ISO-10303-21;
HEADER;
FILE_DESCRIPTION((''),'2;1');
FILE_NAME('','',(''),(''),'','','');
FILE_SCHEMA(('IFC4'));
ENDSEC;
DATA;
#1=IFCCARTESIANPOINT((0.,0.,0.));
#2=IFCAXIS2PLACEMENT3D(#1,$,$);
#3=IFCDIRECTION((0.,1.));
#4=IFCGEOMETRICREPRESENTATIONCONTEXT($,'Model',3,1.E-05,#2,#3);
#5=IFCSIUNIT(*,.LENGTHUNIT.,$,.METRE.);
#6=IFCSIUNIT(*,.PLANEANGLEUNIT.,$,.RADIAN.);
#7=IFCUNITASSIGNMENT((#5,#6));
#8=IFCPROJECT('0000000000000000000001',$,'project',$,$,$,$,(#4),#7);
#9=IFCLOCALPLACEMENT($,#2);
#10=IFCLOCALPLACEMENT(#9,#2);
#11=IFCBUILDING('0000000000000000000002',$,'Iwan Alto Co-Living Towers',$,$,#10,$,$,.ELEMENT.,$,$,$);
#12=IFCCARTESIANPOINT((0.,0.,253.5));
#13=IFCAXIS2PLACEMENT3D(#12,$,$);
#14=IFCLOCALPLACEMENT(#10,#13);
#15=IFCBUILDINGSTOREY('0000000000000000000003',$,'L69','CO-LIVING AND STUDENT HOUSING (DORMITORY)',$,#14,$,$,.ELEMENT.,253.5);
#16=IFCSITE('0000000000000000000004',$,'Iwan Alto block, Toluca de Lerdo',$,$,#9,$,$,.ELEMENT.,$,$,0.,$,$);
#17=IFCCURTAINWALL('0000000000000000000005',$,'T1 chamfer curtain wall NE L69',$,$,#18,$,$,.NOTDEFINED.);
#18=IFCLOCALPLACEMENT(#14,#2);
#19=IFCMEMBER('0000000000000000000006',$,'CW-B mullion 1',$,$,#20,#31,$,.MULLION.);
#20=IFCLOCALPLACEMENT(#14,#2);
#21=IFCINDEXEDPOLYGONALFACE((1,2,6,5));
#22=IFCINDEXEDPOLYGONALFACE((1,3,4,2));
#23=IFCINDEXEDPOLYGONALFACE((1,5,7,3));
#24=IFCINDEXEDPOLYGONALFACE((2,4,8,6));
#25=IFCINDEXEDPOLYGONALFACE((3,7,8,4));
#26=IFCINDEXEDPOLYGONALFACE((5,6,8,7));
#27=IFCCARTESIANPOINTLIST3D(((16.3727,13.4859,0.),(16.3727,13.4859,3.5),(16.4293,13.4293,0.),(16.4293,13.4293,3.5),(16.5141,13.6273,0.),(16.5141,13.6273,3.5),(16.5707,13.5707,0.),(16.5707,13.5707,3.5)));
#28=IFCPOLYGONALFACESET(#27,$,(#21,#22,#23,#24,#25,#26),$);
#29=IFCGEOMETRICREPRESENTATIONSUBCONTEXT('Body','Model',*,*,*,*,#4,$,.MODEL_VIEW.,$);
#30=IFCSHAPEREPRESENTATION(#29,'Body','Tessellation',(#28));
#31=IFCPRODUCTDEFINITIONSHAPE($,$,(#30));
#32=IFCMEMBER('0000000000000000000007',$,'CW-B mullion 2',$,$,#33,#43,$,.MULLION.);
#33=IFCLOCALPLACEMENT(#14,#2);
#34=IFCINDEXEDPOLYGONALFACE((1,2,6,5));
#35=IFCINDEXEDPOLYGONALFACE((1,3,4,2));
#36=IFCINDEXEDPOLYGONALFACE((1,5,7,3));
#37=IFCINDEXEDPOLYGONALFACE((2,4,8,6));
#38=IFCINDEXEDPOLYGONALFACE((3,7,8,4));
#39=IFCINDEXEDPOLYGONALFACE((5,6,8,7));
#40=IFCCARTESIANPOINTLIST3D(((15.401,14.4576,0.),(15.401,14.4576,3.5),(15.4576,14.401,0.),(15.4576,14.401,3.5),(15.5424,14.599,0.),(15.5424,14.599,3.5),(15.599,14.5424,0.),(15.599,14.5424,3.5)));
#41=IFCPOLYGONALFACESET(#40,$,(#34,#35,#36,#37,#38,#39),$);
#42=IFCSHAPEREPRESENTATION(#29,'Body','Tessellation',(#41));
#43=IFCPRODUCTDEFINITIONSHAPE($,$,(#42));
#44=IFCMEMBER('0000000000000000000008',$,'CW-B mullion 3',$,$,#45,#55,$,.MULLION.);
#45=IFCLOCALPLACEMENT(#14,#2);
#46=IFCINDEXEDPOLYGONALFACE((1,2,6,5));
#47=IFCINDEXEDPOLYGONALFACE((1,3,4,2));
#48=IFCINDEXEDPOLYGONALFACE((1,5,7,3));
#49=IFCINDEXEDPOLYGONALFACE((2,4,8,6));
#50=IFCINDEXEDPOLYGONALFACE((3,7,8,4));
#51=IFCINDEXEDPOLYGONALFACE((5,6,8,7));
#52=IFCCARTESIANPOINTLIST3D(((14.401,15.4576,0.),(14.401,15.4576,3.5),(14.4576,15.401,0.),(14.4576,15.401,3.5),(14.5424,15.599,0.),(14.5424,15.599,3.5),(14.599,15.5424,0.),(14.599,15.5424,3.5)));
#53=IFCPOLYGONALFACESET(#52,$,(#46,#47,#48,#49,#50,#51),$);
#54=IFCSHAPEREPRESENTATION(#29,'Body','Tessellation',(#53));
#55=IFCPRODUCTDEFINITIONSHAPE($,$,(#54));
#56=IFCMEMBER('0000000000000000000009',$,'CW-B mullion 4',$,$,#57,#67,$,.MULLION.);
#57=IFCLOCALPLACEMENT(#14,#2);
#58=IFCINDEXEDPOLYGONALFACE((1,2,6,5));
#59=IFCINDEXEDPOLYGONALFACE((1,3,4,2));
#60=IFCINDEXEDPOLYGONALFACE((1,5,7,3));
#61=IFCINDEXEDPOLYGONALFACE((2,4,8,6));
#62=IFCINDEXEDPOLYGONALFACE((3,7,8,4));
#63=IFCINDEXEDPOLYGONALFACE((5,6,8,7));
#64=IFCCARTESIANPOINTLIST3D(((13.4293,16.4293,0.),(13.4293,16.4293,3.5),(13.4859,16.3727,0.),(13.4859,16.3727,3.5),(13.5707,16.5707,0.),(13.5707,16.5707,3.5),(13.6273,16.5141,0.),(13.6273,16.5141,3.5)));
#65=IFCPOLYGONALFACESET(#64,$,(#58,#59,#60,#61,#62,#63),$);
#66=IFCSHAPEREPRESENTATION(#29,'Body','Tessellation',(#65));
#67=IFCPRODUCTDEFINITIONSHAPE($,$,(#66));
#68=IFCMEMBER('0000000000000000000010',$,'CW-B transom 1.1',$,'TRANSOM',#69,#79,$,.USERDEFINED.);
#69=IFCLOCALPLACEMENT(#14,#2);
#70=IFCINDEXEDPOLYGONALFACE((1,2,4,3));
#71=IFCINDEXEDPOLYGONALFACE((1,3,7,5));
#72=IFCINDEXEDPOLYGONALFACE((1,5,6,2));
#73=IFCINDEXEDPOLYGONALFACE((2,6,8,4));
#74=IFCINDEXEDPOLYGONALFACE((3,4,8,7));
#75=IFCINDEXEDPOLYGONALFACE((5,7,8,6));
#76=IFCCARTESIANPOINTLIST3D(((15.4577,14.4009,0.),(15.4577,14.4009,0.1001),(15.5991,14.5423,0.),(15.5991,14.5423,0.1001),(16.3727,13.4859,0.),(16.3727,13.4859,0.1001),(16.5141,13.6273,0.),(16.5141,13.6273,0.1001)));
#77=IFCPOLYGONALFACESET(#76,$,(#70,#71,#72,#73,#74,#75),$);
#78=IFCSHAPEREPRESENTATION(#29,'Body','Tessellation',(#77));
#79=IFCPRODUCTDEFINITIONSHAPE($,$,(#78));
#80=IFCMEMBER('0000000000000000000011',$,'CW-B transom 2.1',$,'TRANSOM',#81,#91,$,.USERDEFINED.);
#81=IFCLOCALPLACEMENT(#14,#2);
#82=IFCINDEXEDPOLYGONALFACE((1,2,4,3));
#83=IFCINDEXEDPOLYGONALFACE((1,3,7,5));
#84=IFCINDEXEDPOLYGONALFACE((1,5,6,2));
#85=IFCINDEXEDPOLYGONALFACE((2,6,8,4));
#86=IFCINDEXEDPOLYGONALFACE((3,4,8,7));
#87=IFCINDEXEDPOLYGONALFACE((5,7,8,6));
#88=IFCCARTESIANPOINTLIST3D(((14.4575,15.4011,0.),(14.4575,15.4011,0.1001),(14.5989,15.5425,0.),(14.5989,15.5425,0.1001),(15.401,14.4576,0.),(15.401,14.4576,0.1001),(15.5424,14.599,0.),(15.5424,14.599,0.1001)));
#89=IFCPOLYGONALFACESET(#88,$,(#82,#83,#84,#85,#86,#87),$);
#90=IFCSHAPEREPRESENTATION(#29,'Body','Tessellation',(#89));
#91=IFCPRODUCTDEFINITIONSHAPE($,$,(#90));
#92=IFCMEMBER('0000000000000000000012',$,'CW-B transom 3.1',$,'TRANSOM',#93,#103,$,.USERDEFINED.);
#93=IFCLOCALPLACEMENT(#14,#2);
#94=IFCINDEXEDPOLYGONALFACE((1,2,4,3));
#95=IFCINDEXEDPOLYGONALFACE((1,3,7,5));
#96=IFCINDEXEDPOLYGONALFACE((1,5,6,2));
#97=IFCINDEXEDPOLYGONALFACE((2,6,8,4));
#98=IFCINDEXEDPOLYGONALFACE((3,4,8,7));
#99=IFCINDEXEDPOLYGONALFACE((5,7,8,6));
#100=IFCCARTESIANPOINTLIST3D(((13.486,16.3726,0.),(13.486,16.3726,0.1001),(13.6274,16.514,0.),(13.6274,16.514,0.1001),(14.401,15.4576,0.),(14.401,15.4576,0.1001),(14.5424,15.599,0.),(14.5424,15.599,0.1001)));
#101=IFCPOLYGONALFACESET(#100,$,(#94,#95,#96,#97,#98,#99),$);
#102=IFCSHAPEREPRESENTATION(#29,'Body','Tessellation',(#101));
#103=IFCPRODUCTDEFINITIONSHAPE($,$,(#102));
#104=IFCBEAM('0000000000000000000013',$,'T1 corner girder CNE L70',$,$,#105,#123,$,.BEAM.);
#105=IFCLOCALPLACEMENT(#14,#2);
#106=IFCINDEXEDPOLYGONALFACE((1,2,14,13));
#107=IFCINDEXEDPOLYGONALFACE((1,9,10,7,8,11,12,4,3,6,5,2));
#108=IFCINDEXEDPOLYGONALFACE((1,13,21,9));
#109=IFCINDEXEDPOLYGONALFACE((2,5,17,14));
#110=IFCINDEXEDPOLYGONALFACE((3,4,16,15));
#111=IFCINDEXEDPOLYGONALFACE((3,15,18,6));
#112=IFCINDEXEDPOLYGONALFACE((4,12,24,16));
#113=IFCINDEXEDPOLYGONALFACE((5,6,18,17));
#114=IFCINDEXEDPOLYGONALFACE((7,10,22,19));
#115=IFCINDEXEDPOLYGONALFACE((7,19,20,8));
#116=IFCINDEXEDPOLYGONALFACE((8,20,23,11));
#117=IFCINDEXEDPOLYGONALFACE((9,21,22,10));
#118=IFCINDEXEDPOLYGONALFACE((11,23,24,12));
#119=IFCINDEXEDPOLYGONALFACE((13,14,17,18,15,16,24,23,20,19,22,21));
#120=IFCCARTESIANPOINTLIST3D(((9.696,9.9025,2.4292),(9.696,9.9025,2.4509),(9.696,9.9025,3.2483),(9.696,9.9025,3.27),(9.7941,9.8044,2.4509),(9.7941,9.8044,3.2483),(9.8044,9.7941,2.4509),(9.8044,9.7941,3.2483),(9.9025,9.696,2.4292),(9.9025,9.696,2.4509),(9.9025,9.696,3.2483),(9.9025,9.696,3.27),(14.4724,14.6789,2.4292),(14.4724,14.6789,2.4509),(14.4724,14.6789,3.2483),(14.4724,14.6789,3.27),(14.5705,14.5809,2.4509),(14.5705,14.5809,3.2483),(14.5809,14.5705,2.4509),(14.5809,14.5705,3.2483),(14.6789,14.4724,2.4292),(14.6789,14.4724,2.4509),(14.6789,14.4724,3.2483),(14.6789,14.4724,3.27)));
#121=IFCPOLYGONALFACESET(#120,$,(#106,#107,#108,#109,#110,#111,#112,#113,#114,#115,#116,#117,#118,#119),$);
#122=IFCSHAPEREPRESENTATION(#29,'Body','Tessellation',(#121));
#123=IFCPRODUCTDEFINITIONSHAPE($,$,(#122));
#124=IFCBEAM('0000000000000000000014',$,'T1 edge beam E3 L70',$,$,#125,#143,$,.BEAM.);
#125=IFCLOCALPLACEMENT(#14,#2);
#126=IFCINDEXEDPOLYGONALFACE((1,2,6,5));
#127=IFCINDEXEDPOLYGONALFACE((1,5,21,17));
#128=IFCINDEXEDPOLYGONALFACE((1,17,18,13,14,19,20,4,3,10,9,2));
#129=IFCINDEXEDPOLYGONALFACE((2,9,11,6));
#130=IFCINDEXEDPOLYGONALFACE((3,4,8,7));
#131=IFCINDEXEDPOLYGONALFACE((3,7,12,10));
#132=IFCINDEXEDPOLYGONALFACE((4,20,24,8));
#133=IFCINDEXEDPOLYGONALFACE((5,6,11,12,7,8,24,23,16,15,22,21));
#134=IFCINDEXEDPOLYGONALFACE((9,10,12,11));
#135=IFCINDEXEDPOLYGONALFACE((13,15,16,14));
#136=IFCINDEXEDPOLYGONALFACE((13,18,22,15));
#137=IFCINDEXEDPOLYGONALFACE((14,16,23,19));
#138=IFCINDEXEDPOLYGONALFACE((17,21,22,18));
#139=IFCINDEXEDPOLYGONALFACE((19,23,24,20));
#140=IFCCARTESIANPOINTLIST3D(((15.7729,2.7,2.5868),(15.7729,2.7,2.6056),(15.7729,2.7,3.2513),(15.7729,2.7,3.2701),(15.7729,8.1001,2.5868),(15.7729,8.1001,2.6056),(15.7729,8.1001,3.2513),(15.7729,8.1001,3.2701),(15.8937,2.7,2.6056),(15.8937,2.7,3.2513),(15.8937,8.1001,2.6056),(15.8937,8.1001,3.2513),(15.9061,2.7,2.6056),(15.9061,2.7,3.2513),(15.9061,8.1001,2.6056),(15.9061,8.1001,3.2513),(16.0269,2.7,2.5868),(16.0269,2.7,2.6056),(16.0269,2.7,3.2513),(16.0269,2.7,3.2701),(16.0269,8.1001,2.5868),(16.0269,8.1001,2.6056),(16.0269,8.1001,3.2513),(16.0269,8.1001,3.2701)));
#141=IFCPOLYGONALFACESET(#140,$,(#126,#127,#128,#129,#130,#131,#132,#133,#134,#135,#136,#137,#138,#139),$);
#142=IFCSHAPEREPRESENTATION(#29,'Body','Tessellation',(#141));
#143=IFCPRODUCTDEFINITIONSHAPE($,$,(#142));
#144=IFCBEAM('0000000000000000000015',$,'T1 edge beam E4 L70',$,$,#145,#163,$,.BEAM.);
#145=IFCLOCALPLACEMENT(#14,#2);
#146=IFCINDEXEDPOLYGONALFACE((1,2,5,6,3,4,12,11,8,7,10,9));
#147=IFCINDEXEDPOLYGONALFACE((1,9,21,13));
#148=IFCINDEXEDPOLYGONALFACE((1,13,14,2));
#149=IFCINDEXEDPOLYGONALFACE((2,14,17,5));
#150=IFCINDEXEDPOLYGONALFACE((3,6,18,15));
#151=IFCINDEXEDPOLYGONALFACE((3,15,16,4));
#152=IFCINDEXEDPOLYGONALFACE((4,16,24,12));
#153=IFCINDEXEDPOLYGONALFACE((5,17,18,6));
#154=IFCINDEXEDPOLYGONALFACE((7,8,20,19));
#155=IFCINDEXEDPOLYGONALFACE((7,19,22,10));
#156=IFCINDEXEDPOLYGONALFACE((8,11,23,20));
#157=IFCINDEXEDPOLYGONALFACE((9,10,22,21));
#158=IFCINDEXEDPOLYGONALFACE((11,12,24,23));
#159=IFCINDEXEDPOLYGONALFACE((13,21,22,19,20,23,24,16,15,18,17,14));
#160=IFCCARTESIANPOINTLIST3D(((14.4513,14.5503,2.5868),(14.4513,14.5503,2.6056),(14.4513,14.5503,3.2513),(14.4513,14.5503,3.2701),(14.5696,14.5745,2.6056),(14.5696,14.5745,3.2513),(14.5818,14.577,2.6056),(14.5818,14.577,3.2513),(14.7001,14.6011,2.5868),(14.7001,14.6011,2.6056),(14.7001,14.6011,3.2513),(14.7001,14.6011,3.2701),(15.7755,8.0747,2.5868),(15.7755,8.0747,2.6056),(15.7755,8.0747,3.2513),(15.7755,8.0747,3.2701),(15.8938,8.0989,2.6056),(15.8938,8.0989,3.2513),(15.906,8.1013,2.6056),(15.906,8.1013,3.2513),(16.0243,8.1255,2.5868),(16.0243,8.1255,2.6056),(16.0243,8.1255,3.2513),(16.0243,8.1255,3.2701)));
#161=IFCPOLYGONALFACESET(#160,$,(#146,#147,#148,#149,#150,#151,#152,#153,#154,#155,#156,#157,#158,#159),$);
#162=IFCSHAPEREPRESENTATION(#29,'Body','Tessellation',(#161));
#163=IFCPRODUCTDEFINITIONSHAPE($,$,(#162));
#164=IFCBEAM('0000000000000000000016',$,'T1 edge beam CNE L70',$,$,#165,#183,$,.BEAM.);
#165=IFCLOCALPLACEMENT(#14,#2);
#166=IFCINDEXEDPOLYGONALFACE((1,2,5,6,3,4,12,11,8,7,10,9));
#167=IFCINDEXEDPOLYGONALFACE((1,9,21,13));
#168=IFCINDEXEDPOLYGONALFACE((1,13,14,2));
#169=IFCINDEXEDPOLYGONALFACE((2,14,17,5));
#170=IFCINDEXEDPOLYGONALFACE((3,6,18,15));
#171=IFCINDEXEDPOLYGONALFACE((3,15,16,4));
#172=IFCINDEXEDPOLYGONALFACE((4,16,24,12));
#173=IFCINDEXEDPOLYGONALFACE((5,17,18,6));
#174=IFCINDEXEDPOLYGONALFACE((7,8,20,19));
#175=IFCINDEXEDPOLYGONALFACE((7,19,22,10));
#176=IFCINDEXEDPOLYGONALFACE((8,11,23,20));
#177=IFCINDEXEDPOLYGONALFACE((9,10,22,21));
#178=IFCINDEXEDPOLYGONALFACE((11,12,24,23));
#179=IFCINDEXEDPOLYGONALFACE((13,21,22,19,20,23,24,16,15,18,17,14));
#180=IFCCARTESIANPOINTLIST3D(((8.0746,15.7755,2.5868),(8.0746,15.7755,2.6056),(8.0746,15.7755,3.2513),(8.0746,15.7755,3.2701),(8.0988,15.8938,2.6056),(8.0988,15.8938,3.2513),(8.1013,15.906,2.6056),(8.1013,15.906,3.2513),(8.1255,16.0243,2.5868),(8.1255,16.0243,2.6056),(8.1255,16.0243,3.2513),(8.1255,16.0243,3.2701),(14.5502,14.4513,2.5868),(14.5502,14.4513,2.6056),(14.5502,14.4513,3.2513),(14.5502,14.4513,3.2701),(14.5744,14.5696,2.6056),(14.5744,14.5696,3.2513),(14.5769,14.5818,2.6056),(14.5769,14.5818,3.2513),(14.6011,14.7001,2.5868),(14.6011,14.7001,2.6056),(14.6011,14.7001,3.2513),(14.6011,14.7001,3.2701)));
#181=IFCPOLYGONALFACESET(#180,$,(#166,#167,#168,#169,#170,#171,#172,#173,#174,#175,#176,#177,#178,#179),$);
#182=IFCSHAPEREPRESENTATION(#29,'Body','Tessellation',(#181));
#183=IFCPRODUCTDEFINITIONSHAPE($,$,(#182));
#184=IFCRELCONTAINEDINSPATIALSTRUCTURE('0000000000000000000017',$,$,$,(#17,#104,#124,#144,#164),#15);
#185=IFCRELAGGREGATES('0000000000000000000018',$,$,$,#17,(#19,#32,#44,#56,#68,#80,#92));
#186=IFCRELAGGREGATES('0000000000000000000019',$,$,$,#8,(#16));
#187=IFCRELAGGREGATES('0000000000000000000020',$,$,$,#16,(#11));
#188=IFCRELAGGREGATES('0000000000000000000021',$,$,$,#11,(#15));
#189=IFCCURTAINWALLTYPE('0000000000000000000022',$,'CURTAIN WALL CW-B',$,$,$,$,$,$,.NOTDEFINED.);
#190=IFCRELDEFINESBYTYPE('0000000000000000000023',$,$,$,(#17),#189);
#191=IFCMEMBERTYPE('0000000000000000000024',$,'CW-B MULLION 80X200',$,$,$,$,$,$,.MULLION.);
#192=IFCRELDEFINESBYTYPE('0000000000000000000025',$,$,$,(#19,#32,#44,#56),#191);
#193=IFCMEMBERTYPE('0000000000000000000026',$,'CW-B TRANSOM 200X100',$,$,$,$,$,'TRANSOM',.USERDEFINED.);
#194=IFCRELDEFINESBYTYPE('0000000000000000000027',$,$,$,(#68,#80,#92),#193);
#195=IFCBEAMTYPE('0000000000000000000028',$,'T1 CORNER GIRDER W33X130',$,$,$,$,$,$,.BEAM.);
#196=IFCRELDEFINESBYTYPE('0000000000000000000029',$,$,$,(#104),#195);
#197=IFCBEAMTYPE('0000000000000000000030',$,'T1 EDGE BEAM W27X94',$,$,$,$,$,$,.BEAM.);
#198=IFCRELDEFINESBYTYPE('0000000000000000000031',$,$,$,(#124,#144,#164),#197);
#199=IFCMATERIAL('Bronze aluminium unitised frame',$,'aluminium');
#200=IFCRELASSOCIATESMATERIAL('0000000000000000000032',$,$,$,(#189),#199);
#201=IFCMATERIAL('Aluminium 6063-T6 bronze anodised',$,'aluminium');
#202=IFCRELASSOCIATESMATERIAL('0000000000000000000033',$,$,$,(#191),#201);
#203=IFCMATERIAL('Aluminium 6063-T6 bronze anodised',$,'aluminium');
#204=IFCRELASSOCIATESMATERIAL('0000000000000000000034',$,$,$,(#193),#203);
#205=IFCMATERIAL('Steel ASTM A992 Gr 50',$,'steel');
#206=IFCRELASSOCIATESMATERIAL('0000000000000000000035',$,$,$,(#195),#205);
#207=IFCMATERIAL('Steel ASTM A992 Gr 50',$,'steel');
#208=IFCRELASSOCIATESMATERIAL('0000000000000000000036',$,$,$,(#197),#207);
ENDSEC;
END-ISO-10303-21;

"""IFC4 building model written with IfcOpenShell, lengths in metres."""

from ifc_helpers import new_model, si_unit, direction, frame, origin, origin_2d, place, context, subcontext, project, spatial, rectangle, i_section, extrude, material, material_profile, profile_set, type_object, element, aggregate, save


model = new_model("IFC4")

# Units and contexts
model_context = context("Model", 3, precision=1e-05, world=origin(), true_north=direction((0.0, 1.0)))
body_context = subcontext(model_context, "Body", "Model", "MODEL_VIEW")
ifc_project = project(units=[si_unit("LENGTHUNIT", "METRE"), si_unit("PLANEANGLEUNIT", "RADIAN")], contexts=[model_context])

# Site, building, storey
site_placement = place(None, origin())
site = spatial("IfcSite", under=ifc_project, at=site_placement, Name="Iwan Alto block, Toluca de Lerdo", CompositionType="ELEMENT", RefElevation=0.0)
building_placement = place(site_placement, origin())
building = spatial("IfcBuilding", under=site, at=building_placement, Name="Iwan Alto Co-Living Towers", CompositionType="ELEMENT")
storey_placement = place(building_placement, frame((0.0, 0.0, 253.5)))
storey = spatial("IfcBuildingStorey", under=building, at=storey_placement, Name="L69", Description="CO-LIVING AND STUDENT HOUSING (DORMITORY)", CompositionType="ELEMENT", Elevation=253.5)

# Curtain wall, members
ifc_material_1 = material(Name="Bronze aluminium unitised frame", Category="aluminium")
curtain_wall_type_1 = type_object("IfcCurtainWallType", Name="CURTAIN WALL CW-B", PredefinedType="NOTDEFINED", material=ifc_material_1)
curtain_wall_1_placement = place(storey_placement, origin())
curtain_wall_1 = element("IfcCurtainWall", 1, at=curtain_wall_1_placement, inside=storey, type_object=curtain_wall_type_1, Name="T1 chamfer curtain wall NE L69", PredefinedType="NOTDEFINED")
ifc_material_2 = material(Name="Aluminium 6063-T6 bronze anodised", Category="aluminium")
ifc_material_profile_1 = material_profile(ifc_material_2, rectangle(XDim=0.2, YDim=0.0801, at=origin_2d()), Name="AL 80X200")
ifc_profile_set_1 = profile_set([ifc_material_profile_1], Name="Aluminium 6063-T6 bronze anodised")
member_type_1 = type_object("IfcMemberType", Name="CW-B MULLION 80X200", PredefinedType="MULLION", material=ifc_profile_set_1)
member_1_placement = place(storey_placement, frame((16.4717, 13.5283, 0.0), z_axis=(0.0, 0.0, 1.0), x_axis=(-0.707107, -0.707107, 0.0)))
member_1 = element("IfcMember", 2, at=member_1_placement, type_object=member_type_1, Name="CW-B mullion 1", PredefinedType="MULLION", context=body_context, shape_type="SweptSolid", body=[
    extrude(rectangle(XDim=0.2, YDim=0.0801, at=origin_2d()), origin(), (0.0, 0.0, 1.0), 3.5),
])
member_2_placement = place(storey_placement, frame((15.5, 14.5, 0.0), z_axis=(0.0, 0.0, 1.0), x_axis=(-0.707107, -0.707107, 0.0)))
member_2 = element("IfcMember", 3, at=member_2_placement, type_object=member_type_1, Name="CW-B mullion 2", PredefinedType="MULLION", context=body_context, shape_type="SweptSolid", body=[
    extrude(rectangle(XDim=0.2, YDim=0.0801, at=origin_2d()), origin(), (0.0, 0.0, 1.0), 3.5),
])
member_3_placement = place(storey_placement, frame((14.5, 15.5, 0.0), z_axis=(0.0, 0.0, 1.0), x_axis=(-0.707107, -0.707107, 0.0)))
member_3 = element("IfcMember", 4, at=member_3_placement, type_object=member_type_1, Name="CW-B mullion 3", PredefinedType="MULLION", context=body_context, shape_type="SweptSolid", body=[
    extrude(rectangle(XDim=0.2, YDim=0.0801, at=origin_2d()), origin(), (0.0, 0.0, 1.0), 3.5),
])
member_4_placement = place(storey_placement, frame((13.5283, 16.4717, 0.0), z_axis=(0.0, 0.0, 1.0), x_axis=(-0.707107, -0.707107, 0.0)))
member_4 = element("IfcMember", 5, at=member_4_placement, type_object=member_type_1, Name="CW-B mullion 4", PredefinedType="MULLION", context=body_context, shape_type="SweptSolid", body=[
    extrude(rectangle(XDim=0.2, YDim=0.0801, at=origin_2d()), origin(), (0.0, 0.0, 1.0), 3.5),
])
ifc_material_3 = material(Name="Aluminium 6063-T6 bronze anodised", Category="aluminium")
ifc_material_profile_2 = material_profile(ifc_material_3, rectangle(XDim=0.2, YDim=0.1001, at=origin_2d()), Name="AL 200X100")
ifc_profile_set_2 = profile_set([ifc_material_profile_2], Name="Aluminium 6063-T6 bronze anodised")
member_type_2 = type_object("IfcMemberType", Name="CW-B TRANSOM 200X100", ElementType="TRANSOM", PredefinedType="USERDEFINED", material=ifc_profile_set_2)
member_5_placement = place(storey_placement, frame((16.4434, 13.5566, 0.05), z_axis=(-0.707107, 0.707107, 0.0), x_axis=(-0.707107, -0.707107, 0.0)))
member_5 = element("IfcMember", 6, at=member_5_placement, type_object=member_type_2, Name="CW-B transom 1.1", ObjectType="TRANSOM", PredefinedType="USERDEFINED", context=body_context, shape_type="SweptSolid", body=[
    extrude(rectangle(XDim=0.2, YDim=0.1001, at=origin_2d()), origin(), (0.0, 0.0, 1.0), 1.2939),
])
member_6_placement = place(storey_placement, frame((15.4717, 14.5283, 0.05), z_axis=(-0.707107, 0.707107, 0.0), x_axis=(-0.707107, -0.707107, 0.0)))
member_6 = element("IfcMember", 7, at=member_6_placement, type_object=member_type_2, Name="CW-B transom 2.1", ObjectType="TRANSOM", PredefinedType="USERDEFINED", context=body_context, shape_type="SweptSolid", body=[
    extrude(rectangle(XDim=0.2, YDim=0.1001, at=origin_2d()), origin(), (0.0, 0.0, 1.0), 1.3342),
])
member_7_placement = place(storey_placement, frame((14.4717, 15.5283, 0.05), z_axis=(-0.707107, 0.707107, 0.0), x_axis=(-0.707107, -0.707107, 0.0)))
member_7 = element("IfcMember", 8, at=member_7_placement, type_object=member_type_2, Name="CW-B transom 3.1", ObjectType="TRANSOM", PredefinedType="USERDEFINED", context=body_context, shape_type="SweptSolid", body=[
    extrude(rectangle(XDim=0.2, YDim=0.1001, at=origin_2d()), origin(), (0.0, 0.0, 1.0), 1.2939),
])

# Beams
ifc_material_4 = material(Name="Steel ASTM A992 Gr 50", Category="steel")
ifc_material_profile_3 = material_profile(ifc_material_4, i_section(OverallWidth=0.292, OverallDepth=0.8408, WebThickness=0.0146, FlangeThickness=0.0217, at=origin_2d()), Name="W33X130")
ifc_profile_set_3 = profile_set([ifc_material_profile_3], Name="Steel ASTM A992 Gr 50")
beam_type_1 = type_object("IfcBeamType", Name="T1 CORNER GIRDER W33X130", PredefinedType="BEAM", material=ifc_profile_set_3)
beam_1_placement = place(storey_placement, frame((14.5757, 14.5757, 2.8496), z_axis=(-0.707107, -0.707107, 0.0), x_axis=(0.707107, -0.707107, 0.0)))
element("IfcBeam", 9, at=beam_1_placement, inside=storey, type_object=beam_type_1, Name="T1 corner girder CNE L70", PredefinedType="BEAM", context=body_context, shape_type="SweptSolid", body=[
    extrude(i_section(OverallWidth=0.292, OverallDepth=0.8408, WebThickness=0.0146, FlangeThickness=0.0217, at=origin_2d()), origin(), (0.0, 0.0, 1.0), 6.7549),
])
ifc_material_5 = material(Name="Steel ASTM A992 Gr 50", Category="steel")
ifc_material_profile_4 = material_profile(ifc_material_5, i_section(OverallWidth=0.2539, OverallDepth=0.6833, WebThickness=0.0125, FlangeThickness=0.0188, at=origin_2d()), Name="W27X94")
ifc_profile_set_4 = profile_set([ifc_material_profile_4], Name="Steel ASTM A992 Gr 50")
beam_type_2 = type_object("IfcBeamType", Name="T1 EDGE BEAM W27X94", PredefinedType="BEAM", material=ifc_profile_set_4)
beam_2_placement = place(storey_placement, frame((15.8999, 2.7, 2.9285), z_axis=(0.0, 1.0, 0.0), x_axis=(-1.0, 0.0, 0.0)))
element("IfcBeam", 10, at=beam_2_placement, inside=storey, type_object=beam_type_2, Name="T1 edge beam E3 L70", PredefinedType="BEAM", context=body_context, shape_type="SweptSolid", body=[
    extrude(i_section(OverallWidth=0.2539, OverallDepth=0.6833, WebThickness=0.0125, FlangeThickness=0.0188, at=origin_2d()), origin(), (0.0, 0.0, 1.0), 5.4001),
])
for number, where, z_axis, x_axis, name in (
    (11, (15.8999, 8.1001, 2.9285), (-0.200348, 0.979725, 0.0), (-0.979725, -0.200348, 0.0), "T1 edge beam E4 L70"),
    (12, (14.5757, 14.5757, 2.9285), (-0.979725, 0.200348, 0.0), (-0.200348, -0.979725, 0.0), "T1 edge beam CNE L70"),
):
    element("IfcBeam", number, at=place(storey_placement, frame(where, z_axis=z_axis, x_axis=x_axis)), inside=storey, type_object=beam_type_2, Name=name, PredefinedType="BEAM", context=body_context, shape_type="SweptSolid", body=[
        extrude(i_section(OverallWidth=0.2539, OverallDepth=0.6833, WebThickness=0.0125, FlangeThickness=0.0188, at=origin_2d()), origin(), (0.0, 0.0, 1.0), 6.6096),
    ])

aggregate(curtain_wall_1, [member_1, member_2, member_3, member_4, member_5, member_6, member_7])

save(model, "model.ifc")
